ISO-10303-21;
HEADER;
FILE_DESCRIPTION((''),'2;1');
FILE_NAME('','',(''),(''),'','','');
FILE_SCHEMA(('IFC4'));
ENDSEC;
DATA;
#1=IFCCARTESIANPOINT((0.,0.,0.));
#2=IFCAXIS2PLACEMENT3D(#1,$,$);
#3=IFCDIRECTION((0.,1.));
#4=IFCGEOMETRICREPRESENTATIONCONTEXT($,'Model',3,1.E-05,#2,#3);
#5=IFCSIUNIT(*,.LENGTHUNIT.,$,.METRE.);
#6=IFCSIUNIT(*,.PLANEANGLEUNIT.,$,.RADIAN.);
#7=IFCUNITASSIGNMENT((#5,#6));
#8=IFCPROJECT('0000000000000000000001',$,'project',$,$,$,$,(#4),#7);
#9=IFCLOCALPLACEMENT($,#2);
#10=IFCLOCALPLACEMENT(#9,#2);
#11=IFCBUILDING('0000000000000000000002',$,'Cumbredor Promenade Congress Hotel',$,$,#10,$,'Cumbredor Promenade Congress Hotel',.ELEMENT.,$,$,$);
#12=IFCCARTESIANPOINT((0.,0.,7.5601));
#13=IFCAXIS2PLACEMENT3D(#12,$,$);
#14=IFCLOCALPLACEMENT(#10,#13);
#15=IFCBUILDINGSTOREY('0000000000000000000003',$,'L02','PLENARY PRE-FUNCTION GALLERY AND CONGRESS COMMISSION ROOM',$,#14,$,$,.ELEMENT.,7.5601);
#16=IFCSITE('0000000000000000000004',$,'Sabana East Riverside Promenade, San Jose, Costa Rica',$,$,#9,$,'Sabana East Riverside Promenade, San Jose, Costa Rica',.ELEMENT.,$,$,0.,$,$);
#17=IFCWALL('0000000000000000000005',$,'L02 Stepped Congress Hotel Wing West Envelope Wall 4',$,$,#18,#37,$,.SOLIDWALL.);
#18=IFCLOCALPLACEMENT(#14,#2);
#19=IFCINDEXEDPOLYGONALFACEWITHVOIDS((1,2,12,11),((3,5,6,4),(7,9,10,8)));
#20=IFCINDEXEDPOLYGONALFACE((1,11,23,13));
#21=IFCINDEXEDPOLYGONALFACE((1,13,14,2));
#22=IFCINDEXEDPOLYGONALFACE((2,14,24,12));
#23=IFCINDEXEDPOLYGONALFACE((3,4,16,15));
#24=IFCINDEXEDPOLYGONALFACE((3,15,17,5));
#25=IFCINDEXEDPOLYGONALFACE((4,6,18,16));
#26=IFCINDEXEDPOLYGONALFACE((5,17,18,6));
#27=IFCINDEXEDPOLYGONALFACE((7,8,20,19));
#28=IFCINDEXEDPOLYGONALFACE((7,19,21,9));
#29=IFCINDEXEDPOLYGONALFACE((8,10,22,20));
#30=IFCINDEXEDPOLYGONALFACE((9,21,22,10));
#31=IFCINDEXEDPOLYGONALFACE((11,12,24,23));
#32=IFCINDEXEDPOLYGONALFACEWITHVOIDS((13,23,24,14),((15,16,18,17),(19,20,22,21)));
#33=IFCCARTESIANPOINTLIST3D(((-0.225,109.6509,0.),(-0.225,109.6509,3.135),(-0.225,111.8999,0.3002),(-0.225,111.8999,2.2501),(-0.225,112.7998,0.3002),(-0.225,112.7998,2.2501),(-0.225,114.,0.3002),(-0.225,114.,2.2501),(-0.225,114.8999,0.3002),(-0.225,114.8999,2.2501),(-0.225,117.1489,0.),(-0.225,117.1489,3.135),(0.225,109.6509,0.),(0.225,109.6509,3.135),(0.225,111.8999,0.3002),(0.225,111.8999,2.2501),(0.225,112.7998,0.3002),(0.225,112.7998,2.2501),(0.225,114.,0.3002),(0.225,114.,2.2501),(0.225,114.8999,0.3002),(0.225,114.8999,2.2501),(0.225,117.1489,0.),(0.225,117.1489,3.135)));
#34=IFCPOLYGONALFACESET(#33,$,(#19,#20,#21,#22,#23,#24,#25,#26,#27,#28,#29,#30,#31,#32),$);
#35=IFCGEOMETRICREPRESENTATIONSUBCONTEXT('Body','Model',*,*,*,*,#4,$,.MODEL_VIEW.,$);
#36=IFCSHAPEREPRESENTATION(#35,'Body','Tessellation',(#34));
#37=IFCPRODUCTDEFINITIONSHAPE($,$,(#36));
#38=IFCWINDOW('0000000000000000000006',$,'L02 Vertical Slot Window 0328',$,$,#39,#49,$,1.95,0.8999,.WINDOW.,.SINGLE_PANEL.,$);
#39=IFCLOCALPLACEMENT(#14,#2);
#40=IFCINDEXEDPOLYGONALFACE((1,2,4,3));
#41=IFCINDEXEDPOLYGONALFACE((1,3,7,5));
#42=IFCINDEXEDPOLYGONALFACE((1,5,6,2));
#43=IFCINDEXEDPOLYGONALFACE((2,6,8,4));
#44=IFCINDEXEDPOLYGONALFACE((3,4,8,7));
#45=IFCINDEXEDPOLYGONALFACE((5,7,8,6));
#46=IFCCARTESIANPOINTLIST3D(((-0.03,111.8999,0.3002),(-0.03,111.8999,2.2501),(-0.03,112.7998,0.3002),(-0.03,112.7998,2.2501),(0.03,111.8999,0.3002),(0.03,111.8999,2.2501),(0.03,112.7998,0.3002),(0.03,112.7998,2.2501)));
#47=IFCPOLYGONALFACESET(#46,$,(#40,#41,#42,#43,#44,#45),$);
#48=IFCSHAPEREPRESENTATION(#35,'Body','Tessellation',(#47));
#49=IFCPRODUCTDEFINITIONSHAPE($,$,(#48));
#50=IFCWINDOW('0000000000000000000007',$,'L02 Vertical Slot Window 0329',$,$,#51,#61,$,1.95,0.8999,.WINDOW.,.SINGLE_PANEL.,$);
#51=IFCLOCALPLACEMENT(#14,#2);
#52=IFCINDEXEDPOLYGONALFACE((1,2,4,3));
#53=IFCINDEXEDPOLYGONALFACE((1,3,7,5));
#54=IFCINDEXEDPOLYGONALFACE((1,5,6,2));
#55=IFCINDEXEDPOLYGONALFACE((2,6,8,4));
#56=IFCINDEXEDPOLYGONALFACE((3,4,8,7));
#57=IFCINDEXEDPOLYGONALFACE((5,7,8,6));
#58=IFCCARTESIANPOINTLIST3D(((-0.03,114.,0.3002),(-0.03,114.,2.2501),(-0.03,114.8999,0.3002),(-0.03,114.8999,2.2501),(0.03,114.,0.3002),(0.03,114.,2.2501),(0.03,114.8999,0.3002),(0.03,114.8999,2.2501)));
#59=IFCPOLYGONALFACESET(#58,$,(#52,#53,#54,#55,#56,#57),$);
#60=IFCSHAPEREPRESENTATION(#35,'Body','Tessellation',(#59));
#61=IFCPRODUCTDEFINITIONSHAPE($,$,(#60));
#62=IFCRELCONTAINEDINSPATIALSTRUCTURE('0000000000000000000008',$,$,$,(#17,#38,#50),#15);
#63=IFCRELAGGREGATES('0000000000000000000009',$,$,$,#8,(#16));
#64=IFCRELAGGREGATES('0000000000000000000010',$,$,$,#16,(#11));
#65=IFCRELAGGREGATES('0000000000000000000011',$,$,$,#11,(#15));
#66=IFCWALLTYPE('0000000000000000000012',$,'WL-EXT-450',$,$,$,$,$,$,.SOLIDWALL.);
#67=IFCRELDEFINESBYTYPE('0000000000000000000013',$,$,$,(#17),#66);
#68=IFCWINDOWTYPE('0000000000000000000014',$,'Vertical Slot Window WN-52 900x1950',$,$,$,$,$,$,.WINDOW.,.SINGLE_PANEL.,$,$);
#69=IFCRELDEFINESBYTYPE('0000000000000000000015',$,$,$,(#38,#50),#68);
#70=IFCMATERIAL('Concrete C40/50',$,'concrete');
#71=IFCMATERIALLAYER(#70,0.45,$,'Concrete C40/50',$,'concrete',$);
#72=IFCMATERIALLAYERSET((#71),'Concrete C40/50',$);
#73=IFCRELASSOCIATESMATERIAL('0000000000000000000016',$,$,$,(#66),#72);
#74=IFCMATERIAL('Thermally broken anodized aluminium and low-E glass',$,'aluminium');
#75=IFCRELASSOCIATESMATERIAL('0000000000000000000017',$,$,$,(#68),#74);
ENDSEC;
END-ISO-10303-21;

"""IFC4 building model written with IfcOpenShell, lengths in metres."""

from ifc_helpers import new_model, si_unit, direction, frame, frame_2d, origin, place, context, subcontext, project, spatial, rectangle, extrude, material, layer, layer_set, type_object, element, fill, save


model = new_model("IFC4")

# Units and contexts
model_context = context("Model", 3, precision=1e-05, world=origin(), true_north=direction((0.0, 1.0)))
body_context = subcontext(model_context, "Body", "Model", "MODEL_VIEW")
ifc_project = project(units=[si_unit("LENGTHUNIT", "METRE"), si_unit("PLANEANGLEUNIT", "RADIAN")], contexts=[model_context])

# Site, building, storey
site_placement = place(None, origin())
site = spatial("IfcSite", under=ifc_project, at=site_placement, Name="Sabana East Riverside Promenade, San Jose, Costa Rica", LongName="Sabana East Riverside Promenade, San Jose, Costa Rica", CompositionType="ELEMENT", RefElevation=0.0)
building_placement = place(site_placement, origin())
building = spatial("IfcBuilding", under=site, at=building_placement, Name="Cumbredor Promenade Congress Hotel", LongName="Cumbredor Promenade Congress Hotel", CompositionType="ELEMENT")
storey_placement = place(building_placement, frame((0.0, 0.0, 7.5601)))
storey = spatial("IfcBuildingStorey", under=building, at=storey_placement, Name="L02", Description="PLENARY PRE-FUNCTION GALLERY AND CONGRESS COMMISSION ROOM", CompositionType="ELEMENT", Elevation=7.5601)

# Shared definitions
ifc_material_1 = material(Name="Concrete C40/50", Category="concrete")

# Shared definitions
ifc_material_2 = material(Name="Thermally broken anodized aluminium and low-E glass", Category="aluminium")

# Wall, openings, windows
ifc_layer_1 = layer(ifc_material_1, 0.45, Name="Concrete C40/50", Category="concrete")
ifc_layer_set_1 = layer_set([ifc_layer_1], Name="Concrete C40/50")
wall_type_1 = type_object("IfcWallType", Name="WL-EXT-450", PredefinedType="SOLIDWALL", material=ifc_layer_set_1)
wall_1_placement = place(storey_placement, frame((0.0, 109.6509, 0.0), z_axis=(0.0, 0.0, 1.0), x_axis=(0.0, 1.0, 0.0)))
wall_1 = element("IfcWall", 1, at=wall_1_placement, inside=storey, type_object=wall_type_1, Name="L02 Stepped Congress Hotel Wing West Envelope Wall 4", PredefinedType="SOLIDWALL", context=body_context, shape_type="SweptSolid", body=[
    extrude(rectangle(XDim=7.498, YDim=0.45, at=frame_2d((3.749, 0.0))), origin(), (0.0, 0.0, 1.0), 3.135),
])
opening_1_placement = place(wall_1_placement, frame((2.249, 0.0, 0.3)))
opening_1 = element("IfcOpeningElement", 2, at=opening_1_placement, cuts=wall_1, PredefinedType="OPENING", context=body_context, shape_type="SweptSolid", body=[
    extrude(rectangle(XDim=0.8999, YDim=1.95, at=frame_2d((0.45, 0.9751))), frame((0.0, 0.2349, 0.0), z_axis=(0.0, -1.0, 0.0), x_axis=(1.0, 0.0, 0.0)), (0.0, 0.0, 1.0), 0.47),
])
opening_2_placement = place(wall_1_placement, frame((4.3491, 0.0, 0.3)))
opening_2 = element("IfcOpeningElement", 3, at=opening_2_placement, cuts=wall_1, PredefinedType="OPENING", context=body_context, shape_type="SweptSolid", body=[
    extrude(rectangle(XDim=0.8999, YDim=1.95, at=frame_2d((0.45, 0.9751))), frame((0.0, 0.2349, 0.0), z_axis=(0.0, -1.0, 0.0), x_axis=(1.0, 0.0, 0.0)), (0.0, 0.0, 1.0), 0.47),
])
window_type_1 = type_object("IfcWindowType", Name="Vertical Slot Window WN-52 900x1950", PartitioningType="SINGLE_PANEL", PredefinedType="WINDOW", material=ifc_material_2)
window_1_placement = place(opening_1_placement, origin())
window_1 = element("IfcWindow", 4, at=window_1_placement, inside=storey, type_object=window_type_1, Name="L02 Vertical Slot Window 0328", OverallHeight=1.95, OverallWidth=0.8999, PartitioningType="SINGLE_PANEL", PredefinedType="WINDOW", context=body_context, shape_type="SweptSolid", body=[
    extrude(rectangle(XDim=0.8999, YDim=1.95, at=frame_2d((0.45, 0.9751))), frame((0.0, 0.03, 0.0), z_axis=(0.0, -1.0, 0.0), x_axis=(1.0, 0.0, 0.0)), (0.0, 0.0, 1.0), 0.0601),
])
fill(opening_1, window_1)
window_2_placement = place(opening_2_placement, origin())
window_2 = element("IfcWindow", 5, at=window_2_placement, inside=storey, type_object=window_type_1, Name="L02 Vertical Slot Window 0329", OverallHeight=1.95, OverallWidth=0.8999, PartitioningType="SINGLE_PANEL", PredefinedType="WINDOW", context=body_context, shape_type="SweptSolid", body=[
    extrude(rectangle(XDim=0.8999, YDim=1.95, at=frame_2d((0.45, 0.9751))), frame((0.0, 0.03, 0.0), z_axis=(0.0, -1.0, 0.0), x_axis=(1.0, 0.0, 0.0)), (0.0, 0.0, 1.0), 0.0601),
])
fill(opening_2, window_2)

save(model, "model.ifc")
